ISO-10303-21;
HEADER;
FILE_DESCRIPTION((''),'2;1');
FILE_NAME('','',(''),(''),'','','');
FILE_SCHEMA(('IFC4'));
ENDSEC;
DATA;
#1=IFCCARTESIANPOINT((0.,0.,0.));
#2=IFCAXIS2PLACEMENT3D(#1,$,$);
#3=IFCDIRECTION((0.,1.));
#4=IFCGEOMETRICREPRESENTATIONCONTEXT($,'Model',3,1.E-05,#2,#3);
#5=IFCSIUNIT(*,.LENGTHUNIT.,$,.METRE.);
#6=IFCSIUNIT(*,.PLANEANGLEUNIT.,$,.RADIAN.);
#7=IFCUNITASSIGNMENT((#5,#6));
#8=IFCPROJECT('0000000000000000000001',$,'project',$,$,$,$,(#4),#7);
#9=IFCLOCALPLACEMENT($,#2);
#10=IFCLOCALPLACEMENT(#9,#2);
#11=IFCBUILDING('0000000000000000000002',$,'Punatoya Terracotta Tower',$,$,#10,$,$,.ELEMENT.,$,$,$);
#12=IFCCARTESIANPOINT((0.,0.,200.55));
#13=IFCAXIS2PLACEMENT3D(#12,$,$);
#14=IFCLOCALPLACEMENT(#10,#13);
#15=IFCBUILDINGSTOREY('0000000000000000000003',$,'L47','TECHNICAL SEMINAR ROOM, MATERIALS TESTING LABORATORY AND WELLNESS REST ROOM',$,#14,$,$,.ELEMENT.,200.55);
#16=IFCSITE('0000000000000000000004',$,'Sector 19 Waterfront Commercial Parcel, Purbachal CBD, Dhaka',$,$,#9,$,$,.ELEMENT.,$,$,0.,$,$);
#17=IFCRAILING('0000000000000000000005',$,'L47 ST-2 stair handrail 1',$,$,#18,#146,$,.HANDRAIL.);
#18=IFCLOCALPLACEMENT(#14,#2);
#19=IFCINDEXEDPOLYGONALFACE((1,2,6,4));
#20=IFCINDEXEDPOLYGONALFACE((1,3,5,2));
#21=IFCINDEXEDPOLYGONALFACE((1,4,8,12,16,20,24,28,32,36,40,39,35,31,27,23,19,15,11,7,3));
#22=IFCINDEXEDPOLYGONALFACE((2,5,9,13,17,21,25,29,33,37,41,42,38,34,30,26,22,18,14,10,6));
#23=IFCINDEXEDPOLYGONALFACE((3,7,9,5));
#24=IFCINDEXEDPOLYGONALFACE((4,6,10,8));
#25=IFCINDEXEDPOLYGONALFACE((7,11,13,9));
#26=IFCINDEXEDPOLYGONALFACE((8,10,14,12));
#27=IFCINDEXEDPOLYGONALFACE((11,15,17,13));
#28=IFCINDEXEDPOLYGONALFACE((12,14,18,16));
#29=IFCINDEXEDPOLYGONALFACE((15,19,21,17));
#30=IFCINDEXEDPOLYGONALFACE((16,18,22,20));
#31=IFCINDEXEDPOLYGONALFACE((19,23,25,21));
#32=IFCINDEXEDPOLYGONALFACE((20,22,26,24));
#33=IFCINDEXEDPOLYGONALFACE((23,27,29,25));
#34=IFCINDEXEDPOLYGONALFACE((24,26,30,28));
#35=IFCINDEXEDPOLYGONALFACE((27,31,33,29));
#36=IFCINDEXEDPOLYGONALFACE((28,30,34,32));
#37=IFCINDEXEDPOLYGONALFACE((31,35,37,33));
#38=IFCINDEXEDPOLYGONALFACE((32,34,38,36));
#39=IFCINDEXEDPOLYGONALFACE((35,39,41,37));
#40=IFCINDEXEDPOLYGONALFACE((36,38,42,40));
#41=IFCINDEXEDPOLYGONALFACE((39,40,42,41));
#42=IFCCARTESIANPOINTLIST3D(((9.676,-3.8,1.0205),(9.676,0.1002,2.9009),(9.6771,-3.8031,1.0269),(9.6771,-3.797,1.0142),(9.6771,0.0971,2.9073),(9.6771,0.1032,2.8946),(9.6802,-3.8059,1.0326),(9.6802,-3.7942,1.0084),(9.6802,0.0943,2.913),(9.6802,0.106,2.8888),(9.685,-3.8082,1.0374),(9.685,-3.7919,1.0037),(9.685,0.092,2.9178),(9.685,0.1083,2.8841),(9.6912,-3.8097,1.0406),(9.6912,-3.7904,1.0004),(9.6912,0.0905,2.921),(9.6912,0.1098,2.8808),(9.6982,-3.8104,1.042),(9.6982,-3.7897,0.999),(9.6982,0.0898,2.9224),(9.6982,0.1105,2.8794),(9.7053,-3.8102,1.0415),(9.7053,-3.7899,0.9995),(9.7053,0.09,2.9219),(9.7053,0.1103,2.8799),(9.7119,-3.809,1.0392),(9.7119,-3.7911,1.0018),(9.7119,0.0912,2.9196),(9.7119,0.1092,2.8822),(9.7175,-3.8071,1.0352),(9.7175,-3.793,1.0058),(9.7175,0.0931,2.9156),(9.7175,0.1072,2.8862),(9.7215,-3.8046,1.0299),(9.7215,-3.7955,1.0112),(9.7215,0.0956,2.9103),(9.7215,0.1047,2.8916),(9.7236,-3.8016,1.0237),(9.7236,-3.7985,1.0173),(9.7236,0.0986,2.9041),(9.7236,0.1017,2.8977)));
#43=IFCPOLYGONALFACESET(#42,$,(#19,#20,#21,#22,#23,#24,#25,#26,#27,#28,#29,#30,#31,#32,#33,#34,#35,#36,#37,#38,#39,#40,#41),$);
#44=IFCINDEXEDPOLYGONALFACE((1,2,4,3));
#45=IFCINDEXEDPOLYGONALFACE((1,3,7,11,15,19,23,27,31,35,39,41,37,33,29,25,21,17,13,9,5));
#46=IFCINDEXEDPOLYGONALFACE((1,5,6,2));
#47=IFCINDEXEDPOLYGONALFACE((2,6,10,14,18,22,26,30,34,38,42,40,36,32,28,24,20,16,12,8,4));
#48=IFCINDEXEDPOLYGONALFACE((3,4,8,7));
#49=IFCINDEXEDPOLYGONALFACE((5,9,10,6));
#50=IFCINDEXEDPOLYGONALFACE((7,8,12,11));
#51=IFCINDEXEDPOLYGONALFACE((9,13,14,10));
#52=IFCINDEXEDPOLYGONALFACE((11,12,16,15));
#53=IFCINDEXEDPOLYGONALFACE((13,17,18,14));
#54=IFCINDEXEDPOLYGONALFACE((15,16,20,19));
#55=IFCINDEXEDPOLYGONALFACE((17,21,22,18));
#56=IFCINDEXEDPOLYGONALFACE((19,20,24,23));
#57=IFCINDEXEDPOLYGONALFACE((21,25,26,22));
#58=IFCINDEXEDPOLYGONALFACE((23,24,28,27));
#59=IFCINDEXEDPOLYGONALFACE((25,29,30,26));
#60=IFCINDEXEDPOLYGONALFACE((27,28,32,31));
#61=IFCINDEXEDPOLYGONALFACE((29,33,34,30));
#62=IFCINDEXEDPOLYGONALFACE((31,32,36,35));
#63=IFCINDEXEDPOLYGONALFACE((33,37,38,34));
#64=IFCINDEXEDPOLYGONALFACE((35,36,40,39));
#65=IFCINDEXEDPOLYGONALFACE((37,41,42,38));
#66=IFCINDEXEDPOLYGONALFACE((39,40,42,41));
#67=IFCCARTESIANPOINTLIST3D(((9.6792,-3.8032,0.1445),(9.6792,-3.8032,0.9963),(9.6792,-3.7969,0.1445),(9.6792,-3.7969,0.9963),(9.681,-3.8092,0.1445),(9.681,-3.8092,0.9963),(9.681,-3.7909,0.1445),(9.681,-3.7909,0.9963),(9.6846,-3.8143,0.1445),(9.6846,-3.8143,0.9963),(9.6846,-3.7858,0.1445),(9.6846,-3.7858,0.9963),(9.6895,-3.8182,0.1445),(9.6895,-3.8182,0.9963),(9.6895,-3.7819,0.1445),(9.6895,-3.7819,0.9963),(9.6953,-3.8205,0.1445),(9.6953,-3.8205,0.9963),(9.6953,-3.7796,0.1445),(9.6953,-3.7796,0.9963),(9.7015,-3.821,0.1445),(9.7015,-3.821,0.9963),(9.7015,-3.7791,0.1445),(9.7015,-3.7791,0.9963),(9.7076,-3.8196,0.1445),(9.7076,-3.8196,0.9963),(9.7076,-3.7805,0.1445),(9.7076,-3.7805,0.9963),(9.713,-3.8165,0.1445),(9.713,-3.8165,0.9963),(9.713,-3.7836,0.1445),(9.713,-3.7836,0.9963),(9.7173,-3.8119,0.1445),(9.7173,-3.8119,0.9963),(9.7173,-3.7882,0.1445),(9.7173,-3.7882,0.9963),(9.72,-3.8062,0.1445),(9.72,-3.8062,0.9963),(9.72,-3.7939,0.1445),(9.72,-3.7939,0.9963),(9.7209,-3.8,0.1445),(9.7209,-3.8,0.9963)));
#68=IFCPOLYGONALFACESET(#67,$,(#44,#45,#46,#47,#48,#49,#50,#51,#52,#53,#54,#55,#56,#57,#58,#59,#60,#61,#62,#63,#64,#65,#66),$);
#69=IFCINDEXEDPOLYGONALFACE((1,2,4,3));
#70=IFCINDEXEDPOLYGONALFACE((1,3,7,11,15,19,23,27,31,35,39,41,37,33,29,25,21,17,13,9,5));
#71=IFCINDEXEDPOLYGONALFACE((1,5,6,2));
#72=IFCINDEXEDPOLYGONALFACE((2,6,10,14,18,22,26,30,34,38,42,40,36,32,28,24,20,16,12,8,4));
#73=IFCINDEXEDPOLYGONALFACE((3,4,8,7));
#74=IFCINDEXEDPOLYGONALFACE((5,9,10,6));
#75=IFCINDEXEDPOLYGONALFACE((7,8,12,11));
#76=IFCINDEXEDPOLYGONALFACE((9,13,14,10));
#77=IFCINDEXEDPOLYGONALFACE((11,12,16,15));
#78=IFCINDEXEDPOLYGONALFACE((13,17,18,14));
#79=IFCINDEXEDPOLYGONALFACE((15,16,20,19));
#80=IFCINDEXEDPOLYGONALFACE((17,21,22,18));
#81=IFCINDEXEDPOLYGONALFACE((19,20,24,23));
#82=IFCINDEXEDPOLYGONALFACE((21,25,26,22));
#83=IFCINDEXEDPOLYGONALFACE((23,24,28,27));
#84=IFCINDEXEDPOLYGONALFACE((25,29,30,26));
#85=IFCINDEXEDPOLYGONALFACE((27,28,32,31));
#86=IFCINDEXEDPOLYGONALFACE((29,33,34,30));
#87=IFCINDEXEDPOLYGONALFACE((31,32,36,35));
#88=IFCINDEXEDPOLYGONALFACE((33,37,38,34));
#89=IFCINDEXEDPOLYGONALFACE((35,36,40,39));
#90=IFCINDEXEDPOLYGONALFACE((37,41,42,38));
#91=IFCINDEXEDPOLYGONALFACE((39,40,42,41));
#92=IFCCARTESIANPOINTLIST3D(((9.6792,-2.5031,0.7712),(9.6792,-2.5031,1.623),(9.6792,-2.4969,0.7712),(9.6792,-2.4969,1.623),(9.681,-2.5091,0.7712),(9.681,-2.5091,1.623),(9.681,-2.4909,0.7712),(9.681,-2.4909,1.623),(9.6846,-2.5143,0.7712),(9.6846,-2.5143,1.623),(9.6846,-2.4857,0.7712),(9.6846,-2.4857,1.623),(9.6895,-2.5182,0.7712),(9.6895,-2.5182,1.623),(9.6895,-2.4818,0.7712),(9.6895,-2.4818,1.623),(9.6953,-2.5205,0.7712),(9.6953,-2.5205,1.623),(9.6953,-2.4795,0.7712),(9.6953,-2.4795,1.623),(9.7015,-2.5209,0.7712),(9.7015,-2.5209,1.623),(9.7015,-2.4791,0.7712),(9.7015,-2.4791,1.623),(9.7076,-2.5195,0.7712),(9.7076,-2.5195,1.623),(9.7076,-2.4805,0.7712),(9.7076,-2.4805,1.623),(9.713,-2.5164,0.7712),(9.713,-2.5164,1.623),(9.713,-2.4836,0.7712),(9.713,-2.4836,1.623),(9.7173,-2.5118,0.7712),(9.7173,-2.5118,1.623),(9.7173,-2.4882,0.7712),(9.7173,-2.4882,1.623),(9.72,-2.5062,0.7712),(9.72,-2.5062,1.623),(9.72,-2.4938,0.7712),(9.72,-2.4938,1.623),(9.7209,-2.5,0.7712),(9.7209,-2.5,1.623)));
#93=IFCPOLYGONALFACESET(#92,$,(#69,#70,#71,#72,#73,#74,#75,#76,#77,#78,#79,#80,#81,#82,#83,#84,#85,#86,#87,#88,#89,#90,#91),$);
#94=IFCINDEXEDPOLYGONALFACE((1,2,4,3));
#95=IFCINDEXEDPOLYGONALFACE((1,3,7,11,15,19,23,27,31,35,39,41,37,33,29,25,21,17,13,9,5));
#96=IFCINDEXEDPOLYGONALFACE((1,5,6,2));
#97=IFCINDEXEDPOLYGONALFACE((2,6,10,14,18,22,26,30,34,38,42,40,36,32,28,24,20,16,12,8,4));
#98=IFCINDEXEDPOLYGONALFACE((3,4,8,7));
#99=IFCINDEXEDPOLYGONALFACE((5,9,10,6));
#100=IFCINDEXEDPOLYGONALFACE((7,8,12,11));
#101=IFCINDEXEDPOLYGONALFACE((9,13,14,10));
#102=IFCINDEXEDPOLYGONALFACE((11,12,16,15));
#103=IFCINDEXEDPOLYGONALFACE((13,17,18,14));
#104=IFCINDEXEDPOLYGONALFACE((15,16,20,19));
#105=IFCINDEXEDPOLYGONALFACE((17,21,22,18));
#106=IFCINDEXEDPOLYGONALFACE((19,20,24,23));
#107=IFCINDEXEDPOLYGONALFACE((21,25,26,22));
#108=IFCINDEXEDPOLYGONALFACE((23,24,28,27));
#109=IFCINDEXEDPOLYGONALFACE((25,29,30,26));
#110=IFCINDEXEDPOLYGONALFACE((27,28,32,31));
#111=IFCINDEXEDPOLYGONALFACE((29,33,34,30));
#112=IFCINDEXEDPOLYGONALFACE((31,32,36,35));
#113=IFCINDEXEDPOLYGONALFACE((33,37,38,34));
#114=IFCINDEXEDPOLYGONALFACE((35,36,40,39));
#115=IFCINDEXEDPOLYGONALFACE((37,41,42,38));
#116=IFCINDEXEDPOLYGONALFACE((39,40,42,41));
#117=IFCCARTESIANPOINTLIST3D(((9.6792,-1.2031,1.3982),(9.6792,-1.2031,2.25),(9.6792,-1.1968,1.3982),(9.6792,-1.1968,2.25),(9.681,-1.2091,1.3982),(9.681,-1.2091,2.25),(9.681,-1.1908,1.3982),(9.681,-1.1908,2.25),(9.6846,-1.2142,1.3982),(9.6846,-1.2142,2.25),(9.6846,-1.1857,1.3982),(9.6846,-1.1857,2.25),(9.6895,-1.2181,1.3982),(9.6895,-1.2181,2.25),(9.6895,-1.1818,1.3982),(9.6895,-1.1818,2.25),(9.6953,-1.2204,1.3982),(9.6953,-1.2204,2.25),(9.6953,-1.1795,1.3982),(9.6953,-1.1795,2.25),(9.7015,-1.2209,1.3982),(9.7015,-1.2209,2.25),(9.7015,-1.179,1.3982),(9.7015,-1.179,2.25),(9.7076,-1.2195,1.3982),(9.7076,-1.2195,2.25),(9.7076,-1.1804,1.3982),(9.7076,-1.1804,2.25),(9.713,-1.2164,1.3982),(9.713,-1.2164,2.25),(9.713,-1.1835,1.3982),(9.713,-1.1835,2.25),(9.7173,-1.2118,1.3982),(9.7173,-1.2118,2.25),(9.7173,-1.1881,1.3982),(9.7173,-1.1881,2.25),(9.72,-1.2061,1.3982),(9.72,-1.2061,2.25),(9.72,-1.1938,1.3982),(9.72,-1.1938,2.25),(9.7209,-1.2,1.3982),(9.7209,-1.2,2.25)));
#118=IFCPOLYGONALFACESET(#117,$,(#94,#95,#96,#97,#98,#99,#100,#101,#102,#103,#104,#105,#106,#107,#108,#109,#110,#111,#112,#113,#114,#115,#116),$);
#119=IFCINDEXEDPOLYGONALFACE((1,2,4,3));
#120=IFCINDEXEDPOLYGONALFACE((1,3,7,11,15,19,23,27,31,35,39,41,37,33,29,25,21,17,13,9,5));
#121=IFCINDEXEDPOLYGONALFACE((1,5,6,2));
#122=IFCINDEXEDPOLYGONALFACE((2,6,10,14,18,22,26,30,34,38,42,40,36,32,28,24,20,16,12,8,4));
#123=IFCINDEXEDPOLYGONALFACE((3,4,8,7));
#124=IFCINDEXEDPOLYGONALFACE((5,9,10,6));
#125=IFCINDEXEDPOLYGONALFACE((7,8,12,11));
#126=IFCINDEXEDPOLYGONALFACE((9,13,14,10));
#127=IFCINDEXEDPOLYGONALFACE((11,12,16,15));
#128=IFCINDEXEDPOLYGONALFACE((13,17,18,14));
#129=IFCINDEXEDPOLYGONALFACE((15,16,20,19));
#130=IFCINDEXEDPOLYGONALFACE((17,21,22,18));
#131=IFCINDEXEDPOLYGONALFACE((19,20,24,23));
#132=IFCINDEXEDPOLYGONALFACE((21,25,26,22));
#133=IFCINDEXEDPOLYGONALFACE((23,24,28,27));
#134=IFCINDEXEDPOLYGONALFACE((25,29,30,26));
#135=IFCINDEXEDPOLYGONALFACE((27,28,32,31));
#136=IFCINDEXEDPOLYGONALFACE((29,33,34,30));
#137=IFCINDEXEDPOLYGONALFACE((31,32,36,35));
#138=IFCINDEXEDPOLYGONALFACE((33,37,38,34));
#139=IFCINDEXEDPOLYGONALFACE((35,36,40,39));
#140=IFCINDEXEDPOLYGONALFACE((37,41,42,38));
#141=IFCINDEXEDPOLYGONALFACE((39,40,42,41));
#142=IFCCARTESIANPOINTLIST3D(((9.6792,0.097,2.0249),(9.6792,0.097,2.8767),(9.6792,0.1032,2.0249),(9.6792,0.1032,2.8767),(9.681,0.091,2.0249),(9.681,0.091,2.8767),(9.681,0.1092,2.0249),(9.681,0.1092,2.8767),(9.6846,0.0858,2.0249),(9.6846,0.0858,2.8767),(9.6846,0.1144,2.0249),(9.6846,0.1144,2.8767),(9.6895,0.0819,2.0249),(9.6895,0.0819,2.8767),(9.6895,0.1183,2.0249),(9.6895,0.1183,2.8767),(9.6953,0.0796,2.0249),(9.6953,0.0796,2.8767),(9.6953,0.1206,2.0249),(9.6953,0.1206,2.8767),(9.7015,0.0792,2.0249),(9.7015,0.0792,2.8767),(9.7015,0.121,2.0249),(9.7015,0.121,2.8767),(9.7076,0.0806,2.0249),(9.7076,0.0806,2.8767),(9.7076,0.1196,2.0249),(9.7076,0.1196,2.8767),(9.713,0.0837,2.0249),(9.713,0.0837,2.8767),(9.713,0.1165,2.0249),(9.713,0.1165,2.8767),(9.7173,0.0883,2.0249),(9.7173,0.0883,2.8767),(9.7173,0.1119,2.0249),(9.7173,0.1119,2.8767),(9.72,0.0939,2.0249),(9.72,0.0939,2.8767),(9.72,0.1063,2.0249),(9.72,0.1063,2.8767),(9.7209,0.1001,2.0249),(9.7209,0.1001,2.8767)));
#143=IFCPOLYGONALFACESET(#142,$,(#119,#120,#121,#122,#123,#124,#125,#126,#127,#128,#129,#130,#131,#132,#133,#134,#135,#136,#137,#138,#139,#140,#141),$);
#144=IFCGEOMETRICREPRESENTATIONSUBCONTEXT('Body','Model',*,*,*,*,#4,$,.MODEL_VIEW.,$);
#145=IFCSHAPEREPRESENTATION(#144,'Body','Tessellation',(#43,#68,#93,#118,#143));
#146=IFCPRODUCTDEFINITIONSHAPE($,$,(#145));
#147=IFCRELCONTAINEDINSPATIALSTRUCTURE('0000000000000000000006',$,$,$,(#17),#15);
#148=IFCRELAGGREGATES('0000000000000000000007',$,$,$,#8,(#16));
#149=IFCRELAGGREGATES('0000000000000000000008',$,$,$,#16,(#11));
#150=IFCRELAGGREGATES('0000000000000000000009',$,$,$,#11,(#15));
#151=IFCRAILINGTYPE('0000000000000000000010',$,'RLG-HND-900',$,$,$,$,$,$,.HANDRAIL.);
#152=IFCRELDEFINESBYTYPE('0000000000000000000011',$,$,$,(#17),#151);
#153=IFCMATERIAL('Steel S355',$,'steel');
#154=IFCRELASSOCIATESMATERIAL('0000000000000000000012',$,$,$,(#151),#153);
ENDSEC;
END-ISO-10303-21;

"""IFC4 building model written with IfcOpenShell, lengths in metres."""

from ifc_helpers import new_model, si_unit, direction, frame, origin, origin_2d, place, context, subcontext, project, spatial, circle, extrude, material, type_object, element, save


model = new_model("IFC4")

# Units and contexts
model_context = context("Model", 3, precision=1e-05, world=origin(), true_north=direction((0.0, 1.0)))
body_context = subcontext(model_context, "Body", "Model", "MODEL_VIEW")
ifc_project = project(units=[si_unit("LENGTHUNIT", "METRE"), si_unit("PLANEANGLEUNIT", "RADIAN")], contexts=[model_context])

# Site, building, storey
site_placement = place(None, origin())
site = spatial("IfcSite", under=ifc_project, at=site_placement, Name="Sector 19 Waterfront Commercial Parcel, Purbachal CBD, Dhaka", CompositionType="ELEMENT", RefElevation=0.0)
building_placement = place(site_placement, origin())
building = spatial("IfcBuilding", under=site, at=building_placement, Name="Punatoya Terracotta Tower", CompositionType="ELEMENT")
storey_placement = place(building_placement, frame((0.0, 0.0, 200.55)))
storey = spatial("IfcBuildingStorey", under=building, at=storey_placement, Name="L47", Description="TECHNICAL SEMINAR ROOM, MATERIALS TESTING LABORATORY AND WELLNESS REST ROOM", CompositionType="ELEMENT", Elevation=200.55)

# Shared definitions
ifc_material_1 = material(Name="Steel S355", Category="steel")

# Railing
railing_type_1 = type_object("IfcRailingType", Name="RLG-HND-900", PredefinedType="HANDRAIL", material=ifc_material_1)
railing_1_placement = place(storey_placement, frame((9.7, -3.8, 0.1445)))
element("IfcRailing", 1, at=railing_1_placement, inside=storey, type_object=railing_type_1, Name="L47 ST-2 stair handrail 1", PredefinedType="HANDRAIL", context=body_context, shape_type="SweptSolid", body=[
    extrude(circle(Radius=0.0239, at=origin_2d()), frame((0.0, 0.0, 0.876), z_axis=(0.0, 0.900774, 0.434289), x_axis=(-1.0, 0.0, 0.0)), (0.0, 0.0, 1.0), 4.3298),
    extrude(circle(Radius=0.021, at=origin_2d()), origin(), (0.0, 0.0, 1.0), 0.8518),
    extrude(circle(Radius=0.021, at=origin_2d()), frame((0.0, 1.3, 0.6267)), (0.0, 0.0, 1.0), 0.8518),
    extrude(circle(Radius=0.021, at=origin_2d()), frame((0.0, 2.6001, 1.2537)), (0.0, 0.0, 1.0), 0.8518),
    extrude(circle(Radius=0.021, at=origin_2d()), frame((0.0, 3.9001, 1.8804)), (0.0, 0.0, 1.0), 0.8518),
])

save(model, "model.ifc")
